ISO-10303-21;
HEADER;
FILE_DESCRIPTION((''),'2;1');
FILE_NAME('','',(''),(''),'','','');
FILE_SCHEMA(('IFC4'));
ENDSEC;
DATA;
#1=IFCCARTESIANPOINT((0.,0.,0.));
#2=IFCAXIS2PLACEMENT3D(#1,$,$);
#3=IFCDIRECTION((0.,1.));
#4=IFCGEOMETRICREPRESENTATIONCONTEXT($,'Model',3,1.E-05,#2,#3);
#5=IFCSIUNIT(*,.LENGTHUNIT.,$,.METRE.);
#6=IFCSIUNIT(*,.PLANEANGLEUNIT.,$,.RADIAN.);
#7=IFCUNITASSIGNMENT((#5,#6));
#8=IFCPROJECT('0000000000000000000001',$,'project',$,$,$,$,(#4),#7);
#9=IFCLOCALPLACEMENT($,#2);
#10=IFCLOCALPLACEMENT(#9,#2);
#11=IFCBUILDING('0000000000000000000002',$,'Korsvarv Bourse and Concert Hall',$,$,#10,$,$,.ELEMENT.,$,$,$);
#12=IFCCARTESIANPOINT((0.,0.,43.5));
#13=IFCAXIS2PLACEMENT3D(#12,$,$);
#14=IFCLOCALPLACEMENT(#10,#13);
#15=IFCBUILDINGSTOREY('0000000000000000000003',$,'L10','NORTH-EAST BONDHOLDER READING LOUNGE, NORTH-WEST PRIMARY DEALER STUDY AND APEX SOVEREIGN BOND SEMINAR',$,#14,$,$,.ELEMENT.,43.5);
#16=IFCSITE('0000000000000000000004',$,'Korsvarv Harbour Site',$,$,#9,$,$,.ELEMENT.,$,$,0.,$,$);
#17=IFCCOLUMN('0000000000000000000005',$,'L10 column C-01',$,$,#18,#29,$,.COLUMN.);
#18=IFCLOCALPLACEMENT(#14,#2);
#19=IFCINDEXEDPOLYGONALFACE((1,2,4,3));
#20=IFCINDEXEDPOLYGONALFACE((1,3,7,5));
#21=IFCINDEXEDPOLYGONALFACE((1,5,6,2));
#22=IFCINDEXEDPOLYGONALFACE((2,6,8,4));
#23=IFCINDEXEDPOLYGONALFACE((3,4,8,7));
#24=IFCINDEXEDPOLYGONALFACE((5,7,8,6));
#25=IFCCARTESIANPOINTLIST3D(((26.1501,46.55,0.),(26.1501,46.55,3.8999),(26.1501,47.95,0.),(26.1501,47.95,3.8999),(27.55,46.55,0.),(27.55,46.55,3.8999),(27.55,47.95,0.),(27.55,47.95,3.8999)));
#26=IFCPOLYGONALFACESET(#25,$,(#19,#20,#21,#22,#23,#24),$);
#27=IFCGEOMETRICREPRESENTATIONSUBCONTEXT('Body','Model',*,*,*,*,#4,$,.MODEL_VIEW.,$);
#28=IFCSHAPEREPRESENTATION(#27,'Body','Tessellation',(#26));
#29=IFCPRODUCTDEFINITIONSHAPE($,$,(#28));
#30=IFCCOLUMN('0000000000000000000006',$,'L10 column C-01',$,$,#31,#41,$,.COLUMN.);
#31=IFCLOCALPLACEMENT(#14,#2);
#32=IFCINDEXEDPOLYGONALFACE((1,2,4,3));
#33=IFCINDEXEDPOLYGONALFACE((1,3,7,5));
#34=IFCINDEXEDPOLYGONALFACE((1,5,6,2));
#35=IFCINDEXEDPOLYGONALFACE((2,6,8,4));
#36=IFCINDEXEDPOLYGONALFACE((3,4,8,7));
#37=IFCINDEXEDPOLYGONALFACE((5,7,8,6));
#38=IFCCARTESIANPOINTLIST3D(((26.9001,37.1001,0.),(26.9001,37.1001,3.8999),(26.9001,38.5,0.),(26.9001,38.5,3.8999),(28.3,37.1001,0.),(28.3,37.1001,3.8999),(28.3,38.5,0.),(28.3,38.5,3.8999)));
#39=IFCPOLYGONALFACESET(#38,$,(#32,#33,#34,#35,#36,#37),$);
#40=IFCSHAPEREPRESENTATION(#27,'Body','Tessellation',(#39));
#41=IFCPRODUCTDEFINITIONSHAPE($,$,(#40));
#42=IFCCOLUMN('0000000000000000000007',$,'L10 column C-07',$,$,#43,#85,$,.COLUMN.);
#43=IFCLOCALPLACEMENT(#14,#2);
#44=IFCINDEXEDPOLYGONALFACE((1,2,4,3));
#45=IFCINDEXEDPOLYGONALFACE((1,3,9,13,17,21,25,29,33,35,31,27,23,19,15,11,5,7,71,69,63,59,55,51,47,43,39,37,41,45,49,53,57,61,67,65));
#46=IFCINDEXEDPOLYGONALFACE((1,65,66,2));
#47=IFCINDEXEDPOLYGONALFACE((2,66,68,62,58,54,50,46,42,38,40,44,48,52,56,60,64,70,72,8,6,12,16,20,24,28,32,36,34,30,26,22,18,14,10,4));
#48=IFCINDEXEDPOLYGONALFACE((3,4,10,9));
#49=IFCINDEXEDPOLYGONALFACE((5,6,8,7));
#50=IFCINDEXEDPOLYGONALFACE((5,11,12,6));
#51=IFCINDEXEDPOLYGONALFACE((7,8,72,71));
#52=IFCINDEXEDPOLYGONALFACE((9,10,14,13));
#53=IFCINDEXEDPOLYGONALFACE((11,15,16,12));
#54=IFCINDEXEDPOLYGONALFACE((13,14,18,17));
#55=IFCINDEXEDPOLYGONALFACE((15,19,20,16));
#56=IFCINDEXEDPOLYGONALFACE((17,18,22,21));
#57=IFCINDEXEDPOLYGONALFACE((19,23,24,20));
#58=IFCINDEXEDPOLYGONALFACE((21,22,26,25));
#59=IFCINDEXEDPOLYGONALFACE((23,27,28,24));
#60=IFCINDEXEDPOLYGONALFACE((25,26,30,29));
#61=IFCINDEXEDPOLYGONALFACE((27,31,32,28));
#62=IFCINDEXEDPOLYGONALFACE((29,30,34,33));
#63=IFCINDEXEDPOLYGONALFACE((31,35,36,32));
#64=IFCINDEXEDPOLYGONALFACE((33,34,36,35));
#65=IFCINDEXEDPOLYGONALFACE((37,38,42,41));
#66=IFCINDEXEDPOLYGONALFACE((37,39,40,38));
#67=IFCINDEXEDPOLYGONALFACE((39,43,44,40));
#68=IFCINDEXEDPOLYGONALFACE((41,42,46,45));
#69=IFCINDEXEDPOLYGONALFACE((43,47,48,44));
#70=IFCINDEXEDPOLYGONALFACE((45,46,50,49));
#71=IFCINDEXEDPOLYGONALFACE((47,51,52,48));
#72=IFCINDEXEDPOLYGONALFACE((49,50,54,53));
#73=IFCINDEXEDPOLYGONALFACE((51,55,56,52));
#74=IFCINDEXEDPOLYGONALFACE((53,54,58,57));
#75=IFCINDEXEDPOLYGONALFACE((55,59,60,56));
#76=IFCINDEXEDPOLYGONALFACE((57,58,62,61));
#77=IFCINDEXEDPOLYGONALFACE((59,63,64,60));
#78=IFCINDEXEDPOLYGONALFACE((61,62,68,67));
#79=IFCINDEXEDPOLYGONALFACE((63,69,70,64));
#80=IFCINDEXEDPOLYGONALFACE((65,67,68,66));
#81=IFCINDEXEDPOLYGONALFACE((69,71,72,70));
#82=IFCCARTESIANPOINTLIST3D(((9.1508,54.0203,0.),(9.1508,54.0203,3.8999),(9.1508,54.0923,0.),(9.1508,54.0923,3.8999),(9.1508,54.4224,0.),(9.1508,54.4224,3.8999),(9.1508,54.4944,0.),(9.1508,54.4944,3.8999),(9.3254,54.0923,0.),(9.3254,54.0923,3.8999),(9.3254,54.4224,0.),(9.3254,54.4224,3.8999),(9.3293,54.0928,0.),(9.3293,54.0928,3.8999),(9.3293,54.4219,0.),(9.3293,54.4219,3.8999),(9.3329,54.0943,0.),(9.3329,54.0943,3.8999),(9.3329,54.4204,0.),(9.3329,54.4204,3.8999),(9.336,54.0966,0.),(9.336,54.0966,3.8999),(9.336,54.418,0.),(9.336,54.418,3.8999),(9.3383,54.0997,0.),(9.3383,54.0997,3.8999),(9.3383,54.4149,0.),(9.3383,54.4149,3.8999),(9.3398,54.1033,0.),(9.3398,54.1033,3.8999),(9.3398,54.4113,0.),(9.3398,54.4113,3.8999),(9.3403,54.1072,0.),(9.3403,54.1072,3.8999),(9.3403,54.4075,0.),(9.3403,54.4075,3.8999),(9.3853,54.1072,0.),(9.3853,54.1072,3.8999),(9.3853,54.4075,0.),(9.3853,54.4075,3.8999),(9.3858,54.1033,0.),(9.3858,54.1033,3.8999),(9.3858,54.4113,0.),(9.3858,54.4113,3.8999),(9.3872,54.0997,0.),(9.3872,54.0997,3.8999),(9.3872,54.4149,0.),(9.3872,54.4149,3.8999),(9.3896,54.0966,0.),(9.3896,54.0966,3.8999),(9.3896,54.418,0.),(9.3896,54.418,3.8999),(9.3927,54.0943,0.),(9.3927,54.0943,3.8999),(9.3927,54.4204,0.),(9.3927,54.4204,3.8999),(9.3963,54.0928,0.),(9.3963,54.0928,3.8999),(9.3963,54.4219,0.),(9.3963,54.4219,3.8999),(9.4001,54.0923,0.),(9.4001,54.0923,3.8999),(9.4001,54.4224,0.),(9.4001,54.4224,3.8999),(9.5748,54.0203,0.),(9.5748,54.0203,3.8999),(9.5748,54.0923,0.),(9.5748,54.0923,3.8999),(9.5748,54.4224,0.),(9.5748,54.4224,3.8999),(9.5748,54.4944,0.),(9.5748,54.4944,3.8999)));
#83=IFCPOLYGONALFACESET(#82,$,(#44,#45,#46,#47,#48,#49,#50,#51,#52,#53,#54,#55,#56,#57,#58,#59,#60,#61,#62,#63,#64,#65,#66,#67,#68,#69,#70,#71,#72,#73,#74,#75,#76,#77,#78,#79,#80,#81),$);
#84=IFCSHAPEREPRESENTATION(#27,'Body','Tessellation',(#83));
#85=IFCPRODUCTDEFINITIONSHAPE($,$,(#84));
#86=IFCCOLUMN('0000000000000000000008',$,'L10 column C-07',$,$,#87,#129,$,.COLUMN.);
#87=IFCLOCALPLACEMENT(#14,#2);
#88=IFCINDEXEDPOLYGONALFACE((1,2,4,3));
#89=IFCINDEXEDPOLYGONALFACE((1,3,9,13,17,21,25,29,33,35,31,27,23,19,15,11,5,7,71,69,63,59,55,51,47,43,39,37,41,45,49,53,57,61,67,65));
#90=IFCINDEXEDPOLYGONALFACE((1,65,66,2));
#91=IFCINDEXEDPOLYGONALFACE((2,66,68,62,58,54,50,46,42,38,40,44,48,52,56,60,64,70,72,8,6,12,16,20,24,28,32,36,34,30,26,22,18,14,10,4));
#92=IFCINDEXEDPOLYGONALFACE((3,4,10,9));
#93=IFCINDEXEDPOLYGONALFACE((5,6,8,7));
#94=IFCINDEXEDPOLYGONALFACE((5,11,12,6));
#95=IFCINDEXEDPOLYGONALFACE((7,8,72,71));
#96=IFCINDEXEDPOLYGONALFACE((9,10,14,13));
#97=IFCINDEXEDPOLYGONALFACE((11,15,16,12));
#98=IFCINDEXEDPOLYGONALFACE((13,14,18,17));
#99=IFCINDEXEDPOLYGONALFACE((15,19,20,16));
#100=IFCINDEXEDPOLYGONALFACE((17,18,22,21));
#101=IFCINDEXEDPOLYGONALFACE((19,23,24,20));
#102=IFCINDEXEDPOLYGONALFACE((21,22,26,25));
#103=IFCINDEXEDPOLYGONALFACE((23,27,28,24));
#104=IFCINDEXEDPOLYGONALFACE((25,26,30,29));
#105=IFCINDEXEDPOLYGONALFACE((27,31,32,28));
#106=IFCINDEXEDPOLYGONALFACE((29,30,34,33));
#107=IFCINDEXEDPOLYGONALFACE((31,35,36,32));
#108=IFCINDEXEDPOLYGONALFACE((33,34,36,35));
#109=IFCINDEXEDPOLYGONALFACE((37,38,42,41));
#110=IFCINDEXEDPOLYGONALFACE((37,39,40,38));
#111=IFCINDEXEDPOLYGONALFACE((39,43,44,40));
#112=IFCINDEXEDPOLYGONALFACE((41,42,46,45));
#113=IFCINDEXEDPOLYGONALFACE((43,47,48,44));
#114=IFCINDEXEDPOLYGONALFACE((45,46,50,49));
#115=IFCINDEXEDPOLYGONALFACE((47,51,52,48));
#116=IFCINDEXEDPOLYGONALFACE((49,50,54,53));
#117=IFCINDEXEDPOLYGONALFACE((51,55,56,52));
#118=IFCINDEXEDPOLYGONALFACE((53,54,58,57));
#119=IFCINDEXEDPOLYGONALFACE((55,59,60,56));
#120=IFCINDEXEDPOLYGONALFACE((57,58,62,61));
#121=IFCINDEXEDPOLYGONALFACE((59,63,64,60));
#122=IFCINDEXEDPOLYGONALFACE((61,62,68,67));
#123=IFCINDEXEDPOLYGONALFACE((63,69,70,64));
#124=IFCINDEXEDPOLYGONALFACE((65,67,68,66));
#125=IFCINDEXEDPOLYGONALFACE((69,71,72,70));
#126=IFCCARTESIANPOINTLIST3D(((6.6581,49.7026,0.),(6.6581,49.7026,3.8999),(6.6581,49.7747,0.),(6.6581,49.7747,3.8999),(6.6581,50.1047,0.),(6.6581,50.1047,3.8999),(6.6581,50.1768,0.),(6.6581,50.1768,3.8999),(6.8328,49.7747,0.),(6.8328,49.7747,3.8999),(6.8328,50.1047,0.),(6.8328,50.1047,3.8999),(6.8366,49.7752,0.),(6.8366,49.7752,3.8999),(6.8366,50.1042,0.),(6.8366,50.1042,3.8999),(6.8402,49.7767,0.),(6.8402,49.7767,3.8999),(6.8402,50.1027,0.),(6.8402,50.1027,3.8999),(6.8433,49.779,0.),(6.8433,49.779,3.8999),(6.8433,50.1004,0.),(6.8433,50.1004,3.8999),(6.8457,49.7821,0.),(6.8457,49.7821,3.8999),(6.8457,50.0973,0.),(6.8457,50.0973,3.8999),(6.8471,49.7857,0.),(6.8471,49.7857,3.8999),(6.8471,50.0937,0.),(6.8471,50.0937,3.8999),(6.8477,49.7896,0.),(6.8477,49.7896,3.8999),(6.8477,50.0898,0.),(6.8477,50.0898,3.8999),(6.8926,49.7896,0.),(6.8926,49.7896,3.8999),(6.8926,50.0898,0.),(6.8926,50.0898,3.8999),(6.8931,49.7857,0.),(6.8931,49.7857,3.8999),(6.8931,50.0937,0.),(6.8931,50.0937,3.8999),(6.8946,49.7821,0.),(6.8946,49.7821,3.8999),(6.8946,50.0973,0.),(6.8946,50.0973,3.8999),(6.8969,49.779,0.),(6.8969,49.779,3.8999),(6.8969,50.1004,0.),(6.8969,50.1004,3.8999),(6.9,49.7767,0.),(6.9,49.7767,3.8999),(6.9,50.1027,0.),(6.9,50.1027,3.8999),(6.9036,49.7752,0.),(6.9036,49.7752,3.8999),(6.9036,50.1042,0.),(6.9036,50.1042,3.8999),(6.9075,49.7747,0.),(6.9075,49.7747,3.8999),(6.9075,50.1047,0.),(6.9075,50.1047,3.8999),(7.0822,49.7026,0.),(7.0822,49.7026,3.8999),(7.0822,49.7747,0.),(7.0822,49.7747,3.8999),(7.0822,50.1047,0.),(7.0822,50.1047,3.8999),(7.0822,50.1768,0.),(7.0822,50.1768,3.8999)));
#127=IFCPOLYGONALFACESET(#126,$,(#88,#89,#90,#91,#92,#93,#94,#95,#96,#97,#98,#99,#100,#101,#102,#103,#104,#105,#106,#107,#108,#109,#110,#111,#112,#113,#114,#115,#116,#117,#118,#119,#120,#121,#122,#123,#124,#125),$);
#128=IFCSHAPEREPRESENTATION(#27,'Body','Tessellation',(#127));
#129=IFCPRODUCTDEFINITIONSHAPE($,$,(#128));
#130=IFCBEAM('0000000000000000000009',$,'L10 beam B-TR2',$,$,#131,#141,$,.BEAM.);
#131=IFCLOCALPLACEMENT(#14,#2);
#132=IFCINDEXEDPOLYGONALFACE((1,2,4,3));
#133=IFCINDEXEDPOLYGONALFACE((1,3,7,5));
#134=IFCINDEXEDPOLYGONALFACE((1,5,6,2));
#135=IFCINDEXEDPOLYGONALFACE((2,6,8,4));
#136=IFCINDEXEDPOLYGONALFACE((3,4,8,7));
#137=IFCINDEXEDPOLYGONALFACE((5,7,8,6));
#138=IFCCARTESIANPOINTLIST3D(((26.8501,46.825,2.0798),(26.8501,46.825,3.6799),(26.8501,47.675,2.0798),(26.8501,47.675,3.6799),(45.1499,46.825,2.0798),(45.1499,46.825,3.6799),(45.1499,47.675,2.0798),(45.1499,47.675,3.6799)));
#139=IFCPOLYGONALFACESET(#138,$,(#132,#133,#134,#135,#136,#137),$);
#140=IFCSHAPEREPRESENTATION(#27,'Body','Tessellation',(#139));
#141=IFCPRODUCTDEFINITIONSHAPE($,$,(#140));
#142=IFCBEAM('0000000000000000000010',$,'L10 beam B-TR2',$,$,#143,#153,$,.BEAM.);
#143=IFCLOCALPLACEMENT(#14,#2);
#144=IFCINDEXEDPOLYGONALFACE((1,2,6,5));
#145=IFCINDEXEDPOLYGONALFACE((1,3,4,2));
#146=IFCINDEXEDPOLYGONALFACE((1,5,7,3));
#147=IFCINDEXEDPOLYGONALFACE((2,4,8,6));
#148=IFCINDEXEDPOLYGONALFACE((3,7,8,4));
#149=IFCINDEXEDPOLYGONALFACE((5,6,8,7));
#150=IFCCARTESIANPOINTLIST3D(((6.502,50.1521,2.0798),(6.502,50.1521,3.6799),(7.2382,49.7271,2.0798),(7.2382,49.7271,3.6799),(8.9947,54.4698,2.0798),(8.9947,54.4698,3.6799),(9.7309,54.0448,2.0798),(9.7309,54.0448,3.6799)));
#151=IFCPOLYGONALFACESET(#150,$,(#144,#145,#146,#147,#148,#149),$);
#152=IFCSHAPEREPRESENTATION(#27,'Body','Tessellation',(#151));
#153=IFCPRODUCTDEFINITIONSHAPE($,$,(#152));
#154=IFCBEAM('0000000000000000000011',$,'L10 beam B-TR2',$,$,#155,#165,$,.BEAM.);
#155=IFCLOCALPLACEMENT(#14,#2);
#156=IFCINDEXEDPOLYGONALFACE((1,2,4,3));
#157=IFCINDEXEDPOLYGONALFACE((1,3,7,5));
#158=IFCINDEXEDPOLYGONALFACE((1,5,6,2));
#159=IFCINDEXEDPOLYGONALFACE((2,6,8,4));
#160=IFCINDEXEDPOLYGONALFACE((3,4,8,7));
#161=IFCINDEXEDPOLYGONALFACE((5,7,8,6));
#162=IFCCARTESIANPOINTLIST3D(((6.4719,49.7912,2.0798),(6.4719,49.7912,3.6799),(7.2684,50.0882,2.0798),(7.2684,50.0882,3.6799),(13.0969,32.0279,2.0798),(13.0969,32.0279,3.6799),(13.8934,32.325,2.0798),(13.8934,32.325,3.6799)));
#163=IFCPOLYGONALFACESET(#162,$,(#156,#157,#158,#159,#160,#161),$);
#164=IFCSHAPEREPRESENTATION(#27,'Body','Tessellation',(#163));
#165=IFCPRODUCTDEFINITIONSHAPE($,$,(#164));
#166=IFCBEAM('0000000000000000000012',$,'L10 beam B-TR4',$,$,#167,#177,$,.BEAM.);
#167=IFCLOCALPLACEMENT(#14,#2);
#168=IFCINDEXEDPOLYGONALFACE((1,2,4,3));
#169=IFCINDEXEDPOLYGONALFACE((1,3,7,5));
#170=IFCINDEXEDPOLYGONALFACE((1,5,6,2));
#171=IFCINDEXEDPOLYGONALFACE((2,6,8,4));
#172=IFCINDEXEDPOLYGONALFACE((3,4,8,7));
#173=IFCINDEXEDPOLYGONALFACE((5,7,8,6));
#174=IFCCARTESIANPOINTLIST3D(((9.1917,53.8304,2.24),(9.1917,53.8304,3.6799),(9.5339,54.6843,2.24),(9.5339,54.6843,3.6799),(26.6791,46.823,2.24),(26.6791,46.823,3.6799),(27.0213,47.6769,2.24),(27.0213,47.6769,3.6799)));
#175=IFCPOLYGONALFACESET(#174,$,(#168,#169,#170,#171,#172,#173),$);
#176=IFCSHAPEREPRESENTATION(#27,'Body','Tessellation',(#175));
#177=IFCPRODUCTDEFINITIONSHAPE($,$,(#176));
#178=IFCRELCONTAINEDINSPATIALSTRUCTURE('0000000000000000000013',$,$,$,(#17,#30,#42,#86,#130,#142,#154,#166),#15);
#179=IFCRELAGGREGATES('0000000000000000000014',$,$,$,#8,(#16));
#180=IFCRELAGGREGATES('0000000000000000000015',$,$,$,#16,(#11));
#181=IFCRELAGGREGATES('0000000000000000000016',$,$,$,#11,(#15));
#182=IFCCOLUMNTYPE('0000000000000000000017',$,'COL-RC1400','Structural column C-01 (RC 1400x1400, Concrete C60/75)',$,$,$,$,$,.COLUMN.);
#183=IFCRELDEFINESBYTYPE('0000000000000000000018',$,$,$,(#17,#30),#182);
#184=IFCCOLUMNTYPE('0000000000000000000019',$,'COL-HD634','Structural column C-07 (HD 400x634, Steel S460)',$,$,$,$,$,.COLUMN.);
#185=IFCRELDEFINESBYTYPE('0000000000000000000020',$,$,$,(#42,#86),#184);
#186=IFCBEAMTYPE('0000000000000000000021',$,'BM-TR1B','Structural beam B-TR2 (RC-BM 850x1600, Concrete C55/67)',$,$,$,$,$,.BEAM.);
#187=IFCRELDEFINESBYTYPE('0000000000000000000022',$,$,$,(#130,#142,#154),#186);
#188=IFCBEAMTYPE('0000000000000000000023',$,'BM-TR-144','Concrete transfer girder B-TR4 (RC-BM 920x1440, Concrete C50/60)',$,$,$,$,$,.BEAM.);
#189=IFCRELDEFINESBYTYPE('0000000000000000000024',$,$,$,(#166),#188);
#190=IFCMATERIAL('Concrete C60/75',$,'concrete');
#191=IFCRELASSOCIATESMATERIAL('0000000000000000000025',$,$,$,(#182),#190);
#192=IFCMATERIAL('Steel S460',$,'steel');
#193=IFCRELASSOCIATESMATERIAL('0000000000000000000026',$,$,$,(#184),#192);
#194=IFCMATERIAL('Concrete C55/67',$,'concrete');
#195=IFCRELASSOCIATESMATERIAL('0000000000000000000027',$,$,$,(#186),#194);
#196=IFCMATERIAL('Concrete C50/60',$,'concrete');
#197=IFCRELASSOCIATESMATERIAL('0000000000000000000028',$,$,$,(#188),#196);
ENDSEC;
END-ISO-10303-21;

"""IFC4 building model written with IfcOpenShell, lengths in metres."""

from ifc_helpers import new_model, si_unit, direction, frame, origin, origin_2d, place, context, subcontext, project, spatial, rectangle, i_section, extrude, source, transform, mapped, material, material_profile, profile_set, type_object, element, save


model = new_model("IFC4")

# Units and contexts
model_context = context("Model", 3, precision=1e-05, world=origin(), true_north=direction((0.0, 1.0)))
body_context = subcontext(model_context, "Body", "Model", "MODEL_VIEW")
ifc_project = project(units=[si_unit("LENGTHUNIT", "METRE"), si_unit("PLANEANGLEUNIT", "RADIAN")], contexts=[model_context])

# Site, building, storey
site_placement = place(None, origin())
site = spatial("IfcSite", under=ifc_project, at=site_placement, Name="Korsvarv Harbour Site", CompositionType="ELEMENT", RefElevation=0.0)
building_placement = place(site_placement, origin())
building = spatial("IfcBuilding", under=site, at=building_placement, Name="Korsvarv Bourse and Concert Hall", CompositionType="ELEMENT")
storey_placement = place(building_placement, frame((0.0, 0.0, 43.5)))
storey = spatial("IfcBuildingStorey", under=building, at=storey_placement, Name="L10", Description="NORTH-EAST BONDHOLDER READING LOUNGE, NORTH-WEST PRIMARY DEALER STUDY AND APEX SOVEREIGN BOND SEMINAR", CompositionType="ELEMENT", Elevation=43.5)

# Columns
ifc_material_1 = material(Name="Concrete C60/75", Category="concrete")
ifc_material_profile_1 = material_profile(ifc_material_1, rectangle(XDim=1.3999, YDim=1.3999, at=origin_2d()), Name="RC 1400x1400")
ifc_profile_set_1 = profile_set([ifc_material_profile_1], Name="Concrete C60/75")
column_type_1 = type_object("IfcColumnType", Name="COL-RC1400", Description="Structural column C-01 (RC 1400x1400, Concrete C60/75)", PredefinedType="COLUMN", material=ifc_profile_set_1)
shared_shape_1 = source(origin(), body_context, "Body", "SweptSolid", [
    extrude(rectangle(XDim=1.3999, YDim=1.3999, at=origin_2d()), origin(), (0.0, 0.0, 1.0), 3.8999),
])
for number, where, z_axis, x_axis, name in (
    (1, (26.8501, 47.25, 0.0), (0.0, 0.0, 1.0), (1.0, 0.0, 0.0), "L10 column C-01"),
    (2, (27.6001, 37.8, 0.0), (0.0, 0.0, 1.0), (1.0, 0.0, 0.0), "L10 column C-01"),
):
    element("IfcColumn", number, at=place(storey_placement, frame(where, z_axis=z_axis, x_axis=x_axis)), inside=storey, type_object=column_type_1, Name=name, PredefinedType="COLUMN", context=body_context, shape_type="MappedRepresentation", body=[
        mapped(shared_shape_1, transform((0.0, 0.0, 0.0), scale=1.0)),
    ])
ifc_material_2 = material(Name="Steel S460", Category="steel")
ifc_material_profile_2 = material_profile(ifc_material_2, i_section(OverallWidth=0.4241, OverallDepth=0.4741, WebThickness=0.0449, FlangeThickness=0.072, FilletRadius=0.0149, at=origin_2d()), Name="HD 400x634")
ifc_profile_set_2 = profile_set([ifc_material_profile_2], Name="Steel S460")
column_type_2 = type_object("IfcColumnType", Name="COL-HD634", Description="Structural column C-07 (HD 400x634, Steel S460)", PredefinedType="COLUMN", material=ifc_profile_set_2)
shared_shape_2 = source(origin(), body_context, "Body", "SweptSolid", [
    extrude(i_section(OverallWidth=0.4241, OverallDepth=0.4741, WebThickness=0.0449, FlangeThickness=0.072, FilletRadius=0.0149, at=origin_2d()), origin(), (0.0, 0.0, 1.0), 3.8999),
])
for number, where, z_axis, x_axis, name in (
    (3, (9.3628, 54.2573, 0.0), (0.0, 0.0, 1.0), (1.0, 0.0, 0.0), "L10 column C-07"),
    (4, (6.8701, 49.9397, 0.0), (0.0, 0.0, 1.0), (1.0, 0.0, 0.0), "L10 column C-07"),
):
    element("IfcColumn", number, at=place(storey_placement, frame(where, z_axis=z_axis, x_axis=x_axis)), inside=storey, type_object=column_type_2, Name=name, PredefinedType="COLUMN", context=body_context, shape_type="MappedRepresentation", body=[
        mapped(shared_shape_2, transform((0.0, 0.0, 0.0), scale=1.0)),
    ])

# Beams
ifc_material_3 = material(Name="Concrete C55/67", Category="concrete")
ifc_material_profile_3 = material_profile(ifc_material_3, rectangle(XDim=0.8501, YDim=1.6001, at=origin_2d()), Name="RC-BM 850x1600")
ifc_profile_set_3 = profile_set([ifc_material_profile_3], Name="Concrete C55/67")
beam_type_1 = type_object("IfcBeamType", Name="BM-TR1B", Description="Structural beam B-TR2 (RC-BM 850x1600, Concrete C55/67)", PredefinedType="BEAM", material=ifc_profile_set_3)
shared_shape_3 = source(origin(), body_context, "Body", "SweptSolid", [
    extrude(rectangle(XDim=0.8501, YDim=1.6001, at=origin_2d()), origin(), (0.0, 0.0, 1.0), 18.2998),
])
beam_1_placement = place(storey_placement, frame((26.8501, 47.25, 2.8799), z_axis=(1.0, 0.0, 0.0), x_axis=(0.0, 1.0, 0.0)))
element("IfcBeam", 5, at=beam_1_placement, inside=storey, type_object=beam_type_1, Name="L10 beam B-TR2", PredefinedType="BEAM", context=body_context, shape_type="MappedRepresentation", body=[
    mapped(shared_shape_3, transform((0.0, 0.0, 0.0), scale=1.0)),
])
shared_shape_4 = source(origin(), body_context, "Body", "SweptSolid", [
    extrude(rectangle(XDim=0.8501, YDim=1.6001, at=origin_2d()), origin(), (0.0, 0.0, 1.0), 4.9856),
])
beam_2_placement = place(storey_placement, frame((9.3628, 54.2573, 2.8799), z_axis=(-0.499984, -0.866035, 0.0), x_axis=(0.866035, -0.499984, 0.0)))
element("IfcBeam", 6, at=beam_2_placement, inside=storey, type_object=beam_type_1, Name="L10 beam B-TR2", PredefinedType="BEAM", context=body_context, shape_type="MappedRepresentation", body=[
    mapped(shared_shape_4, transform((0.0, 0.0, 0.0), scale=1.0)),
])
shared_shape_5 = source(origin(), body_context, "Body", "SweptSolid", [
    extrude(rectangle(XDim=0.8501, YDim=1.6001, at=origin_2d()), origin(), (0.0, 0.0, 1.0), 18.9585),
])
beam_3_placement = place(storey_placement, frame((6.8701, 49.9397, 2.8799), z_axis=(0.349449, -0.936955, 0.0), x_axis=(0.936955, 0.349449, 0.0)))
element("IfcBeam", 7, at=beam_3_placement, inside=storey, type_object=beam_type_1, Name="L10 beam B-TR2", PredefinedType="BEAM", context=body_context, shape_type="MappedRepresentation", body=[
    mapped(shared_shape_5, transform((0.0, 0.0, 0.0), scale=1.0)),
])
ifc_material_4 = material(Name="Concrete C50/60", Category="concrete")
ifc_material_profile_4 = material_profile(ifc_material_4, rectangle(XDim=0.9199, YDim=1.4399, at=origin_2d()), Name="RC-BM 920x1440")
ifc_profile_set_4 = profile_set([ifc_material_profile_4], Name="Concrete C50/60")
beam_type_2 = type_object("IfcBeamType", Name="BM-TR-144", Description="Concrete transfer girder B-TR4 (RC-BM 920x1440, Concrete C50/60)", PredefinedType="BEAM", material=ifc_profile_set_4)
shared_shape_6 = source(origin(), body_context, "Body", "SweptSolid", [
    extrude(rectangle(XDim=0.9199, YDim=1.4399, at=origin_2d()), origin(), (0.0, 0.0, 1.0), 18.8391),
])
beam_4_placement = place(storey_placement, frame((9.3628, 54.2573, 2.96), z_axis=(0.92825, -0.371958, 0.0), x_axis=(0.371958, 0.92825, 0.0)))
element("IfcBeam", 8, at=beam_4_placement, inside=storey, type_object=beam_type_2, Name="L10 beam B-TR4", PredefinedType="BEAM", context=body_context, shape_type="MappedRepresentation", body=[
    mapped(shared_shape_6, transform((0.0, 0.0, 0.0), scale=1.0)),
])

save(model, "model.ifc")
